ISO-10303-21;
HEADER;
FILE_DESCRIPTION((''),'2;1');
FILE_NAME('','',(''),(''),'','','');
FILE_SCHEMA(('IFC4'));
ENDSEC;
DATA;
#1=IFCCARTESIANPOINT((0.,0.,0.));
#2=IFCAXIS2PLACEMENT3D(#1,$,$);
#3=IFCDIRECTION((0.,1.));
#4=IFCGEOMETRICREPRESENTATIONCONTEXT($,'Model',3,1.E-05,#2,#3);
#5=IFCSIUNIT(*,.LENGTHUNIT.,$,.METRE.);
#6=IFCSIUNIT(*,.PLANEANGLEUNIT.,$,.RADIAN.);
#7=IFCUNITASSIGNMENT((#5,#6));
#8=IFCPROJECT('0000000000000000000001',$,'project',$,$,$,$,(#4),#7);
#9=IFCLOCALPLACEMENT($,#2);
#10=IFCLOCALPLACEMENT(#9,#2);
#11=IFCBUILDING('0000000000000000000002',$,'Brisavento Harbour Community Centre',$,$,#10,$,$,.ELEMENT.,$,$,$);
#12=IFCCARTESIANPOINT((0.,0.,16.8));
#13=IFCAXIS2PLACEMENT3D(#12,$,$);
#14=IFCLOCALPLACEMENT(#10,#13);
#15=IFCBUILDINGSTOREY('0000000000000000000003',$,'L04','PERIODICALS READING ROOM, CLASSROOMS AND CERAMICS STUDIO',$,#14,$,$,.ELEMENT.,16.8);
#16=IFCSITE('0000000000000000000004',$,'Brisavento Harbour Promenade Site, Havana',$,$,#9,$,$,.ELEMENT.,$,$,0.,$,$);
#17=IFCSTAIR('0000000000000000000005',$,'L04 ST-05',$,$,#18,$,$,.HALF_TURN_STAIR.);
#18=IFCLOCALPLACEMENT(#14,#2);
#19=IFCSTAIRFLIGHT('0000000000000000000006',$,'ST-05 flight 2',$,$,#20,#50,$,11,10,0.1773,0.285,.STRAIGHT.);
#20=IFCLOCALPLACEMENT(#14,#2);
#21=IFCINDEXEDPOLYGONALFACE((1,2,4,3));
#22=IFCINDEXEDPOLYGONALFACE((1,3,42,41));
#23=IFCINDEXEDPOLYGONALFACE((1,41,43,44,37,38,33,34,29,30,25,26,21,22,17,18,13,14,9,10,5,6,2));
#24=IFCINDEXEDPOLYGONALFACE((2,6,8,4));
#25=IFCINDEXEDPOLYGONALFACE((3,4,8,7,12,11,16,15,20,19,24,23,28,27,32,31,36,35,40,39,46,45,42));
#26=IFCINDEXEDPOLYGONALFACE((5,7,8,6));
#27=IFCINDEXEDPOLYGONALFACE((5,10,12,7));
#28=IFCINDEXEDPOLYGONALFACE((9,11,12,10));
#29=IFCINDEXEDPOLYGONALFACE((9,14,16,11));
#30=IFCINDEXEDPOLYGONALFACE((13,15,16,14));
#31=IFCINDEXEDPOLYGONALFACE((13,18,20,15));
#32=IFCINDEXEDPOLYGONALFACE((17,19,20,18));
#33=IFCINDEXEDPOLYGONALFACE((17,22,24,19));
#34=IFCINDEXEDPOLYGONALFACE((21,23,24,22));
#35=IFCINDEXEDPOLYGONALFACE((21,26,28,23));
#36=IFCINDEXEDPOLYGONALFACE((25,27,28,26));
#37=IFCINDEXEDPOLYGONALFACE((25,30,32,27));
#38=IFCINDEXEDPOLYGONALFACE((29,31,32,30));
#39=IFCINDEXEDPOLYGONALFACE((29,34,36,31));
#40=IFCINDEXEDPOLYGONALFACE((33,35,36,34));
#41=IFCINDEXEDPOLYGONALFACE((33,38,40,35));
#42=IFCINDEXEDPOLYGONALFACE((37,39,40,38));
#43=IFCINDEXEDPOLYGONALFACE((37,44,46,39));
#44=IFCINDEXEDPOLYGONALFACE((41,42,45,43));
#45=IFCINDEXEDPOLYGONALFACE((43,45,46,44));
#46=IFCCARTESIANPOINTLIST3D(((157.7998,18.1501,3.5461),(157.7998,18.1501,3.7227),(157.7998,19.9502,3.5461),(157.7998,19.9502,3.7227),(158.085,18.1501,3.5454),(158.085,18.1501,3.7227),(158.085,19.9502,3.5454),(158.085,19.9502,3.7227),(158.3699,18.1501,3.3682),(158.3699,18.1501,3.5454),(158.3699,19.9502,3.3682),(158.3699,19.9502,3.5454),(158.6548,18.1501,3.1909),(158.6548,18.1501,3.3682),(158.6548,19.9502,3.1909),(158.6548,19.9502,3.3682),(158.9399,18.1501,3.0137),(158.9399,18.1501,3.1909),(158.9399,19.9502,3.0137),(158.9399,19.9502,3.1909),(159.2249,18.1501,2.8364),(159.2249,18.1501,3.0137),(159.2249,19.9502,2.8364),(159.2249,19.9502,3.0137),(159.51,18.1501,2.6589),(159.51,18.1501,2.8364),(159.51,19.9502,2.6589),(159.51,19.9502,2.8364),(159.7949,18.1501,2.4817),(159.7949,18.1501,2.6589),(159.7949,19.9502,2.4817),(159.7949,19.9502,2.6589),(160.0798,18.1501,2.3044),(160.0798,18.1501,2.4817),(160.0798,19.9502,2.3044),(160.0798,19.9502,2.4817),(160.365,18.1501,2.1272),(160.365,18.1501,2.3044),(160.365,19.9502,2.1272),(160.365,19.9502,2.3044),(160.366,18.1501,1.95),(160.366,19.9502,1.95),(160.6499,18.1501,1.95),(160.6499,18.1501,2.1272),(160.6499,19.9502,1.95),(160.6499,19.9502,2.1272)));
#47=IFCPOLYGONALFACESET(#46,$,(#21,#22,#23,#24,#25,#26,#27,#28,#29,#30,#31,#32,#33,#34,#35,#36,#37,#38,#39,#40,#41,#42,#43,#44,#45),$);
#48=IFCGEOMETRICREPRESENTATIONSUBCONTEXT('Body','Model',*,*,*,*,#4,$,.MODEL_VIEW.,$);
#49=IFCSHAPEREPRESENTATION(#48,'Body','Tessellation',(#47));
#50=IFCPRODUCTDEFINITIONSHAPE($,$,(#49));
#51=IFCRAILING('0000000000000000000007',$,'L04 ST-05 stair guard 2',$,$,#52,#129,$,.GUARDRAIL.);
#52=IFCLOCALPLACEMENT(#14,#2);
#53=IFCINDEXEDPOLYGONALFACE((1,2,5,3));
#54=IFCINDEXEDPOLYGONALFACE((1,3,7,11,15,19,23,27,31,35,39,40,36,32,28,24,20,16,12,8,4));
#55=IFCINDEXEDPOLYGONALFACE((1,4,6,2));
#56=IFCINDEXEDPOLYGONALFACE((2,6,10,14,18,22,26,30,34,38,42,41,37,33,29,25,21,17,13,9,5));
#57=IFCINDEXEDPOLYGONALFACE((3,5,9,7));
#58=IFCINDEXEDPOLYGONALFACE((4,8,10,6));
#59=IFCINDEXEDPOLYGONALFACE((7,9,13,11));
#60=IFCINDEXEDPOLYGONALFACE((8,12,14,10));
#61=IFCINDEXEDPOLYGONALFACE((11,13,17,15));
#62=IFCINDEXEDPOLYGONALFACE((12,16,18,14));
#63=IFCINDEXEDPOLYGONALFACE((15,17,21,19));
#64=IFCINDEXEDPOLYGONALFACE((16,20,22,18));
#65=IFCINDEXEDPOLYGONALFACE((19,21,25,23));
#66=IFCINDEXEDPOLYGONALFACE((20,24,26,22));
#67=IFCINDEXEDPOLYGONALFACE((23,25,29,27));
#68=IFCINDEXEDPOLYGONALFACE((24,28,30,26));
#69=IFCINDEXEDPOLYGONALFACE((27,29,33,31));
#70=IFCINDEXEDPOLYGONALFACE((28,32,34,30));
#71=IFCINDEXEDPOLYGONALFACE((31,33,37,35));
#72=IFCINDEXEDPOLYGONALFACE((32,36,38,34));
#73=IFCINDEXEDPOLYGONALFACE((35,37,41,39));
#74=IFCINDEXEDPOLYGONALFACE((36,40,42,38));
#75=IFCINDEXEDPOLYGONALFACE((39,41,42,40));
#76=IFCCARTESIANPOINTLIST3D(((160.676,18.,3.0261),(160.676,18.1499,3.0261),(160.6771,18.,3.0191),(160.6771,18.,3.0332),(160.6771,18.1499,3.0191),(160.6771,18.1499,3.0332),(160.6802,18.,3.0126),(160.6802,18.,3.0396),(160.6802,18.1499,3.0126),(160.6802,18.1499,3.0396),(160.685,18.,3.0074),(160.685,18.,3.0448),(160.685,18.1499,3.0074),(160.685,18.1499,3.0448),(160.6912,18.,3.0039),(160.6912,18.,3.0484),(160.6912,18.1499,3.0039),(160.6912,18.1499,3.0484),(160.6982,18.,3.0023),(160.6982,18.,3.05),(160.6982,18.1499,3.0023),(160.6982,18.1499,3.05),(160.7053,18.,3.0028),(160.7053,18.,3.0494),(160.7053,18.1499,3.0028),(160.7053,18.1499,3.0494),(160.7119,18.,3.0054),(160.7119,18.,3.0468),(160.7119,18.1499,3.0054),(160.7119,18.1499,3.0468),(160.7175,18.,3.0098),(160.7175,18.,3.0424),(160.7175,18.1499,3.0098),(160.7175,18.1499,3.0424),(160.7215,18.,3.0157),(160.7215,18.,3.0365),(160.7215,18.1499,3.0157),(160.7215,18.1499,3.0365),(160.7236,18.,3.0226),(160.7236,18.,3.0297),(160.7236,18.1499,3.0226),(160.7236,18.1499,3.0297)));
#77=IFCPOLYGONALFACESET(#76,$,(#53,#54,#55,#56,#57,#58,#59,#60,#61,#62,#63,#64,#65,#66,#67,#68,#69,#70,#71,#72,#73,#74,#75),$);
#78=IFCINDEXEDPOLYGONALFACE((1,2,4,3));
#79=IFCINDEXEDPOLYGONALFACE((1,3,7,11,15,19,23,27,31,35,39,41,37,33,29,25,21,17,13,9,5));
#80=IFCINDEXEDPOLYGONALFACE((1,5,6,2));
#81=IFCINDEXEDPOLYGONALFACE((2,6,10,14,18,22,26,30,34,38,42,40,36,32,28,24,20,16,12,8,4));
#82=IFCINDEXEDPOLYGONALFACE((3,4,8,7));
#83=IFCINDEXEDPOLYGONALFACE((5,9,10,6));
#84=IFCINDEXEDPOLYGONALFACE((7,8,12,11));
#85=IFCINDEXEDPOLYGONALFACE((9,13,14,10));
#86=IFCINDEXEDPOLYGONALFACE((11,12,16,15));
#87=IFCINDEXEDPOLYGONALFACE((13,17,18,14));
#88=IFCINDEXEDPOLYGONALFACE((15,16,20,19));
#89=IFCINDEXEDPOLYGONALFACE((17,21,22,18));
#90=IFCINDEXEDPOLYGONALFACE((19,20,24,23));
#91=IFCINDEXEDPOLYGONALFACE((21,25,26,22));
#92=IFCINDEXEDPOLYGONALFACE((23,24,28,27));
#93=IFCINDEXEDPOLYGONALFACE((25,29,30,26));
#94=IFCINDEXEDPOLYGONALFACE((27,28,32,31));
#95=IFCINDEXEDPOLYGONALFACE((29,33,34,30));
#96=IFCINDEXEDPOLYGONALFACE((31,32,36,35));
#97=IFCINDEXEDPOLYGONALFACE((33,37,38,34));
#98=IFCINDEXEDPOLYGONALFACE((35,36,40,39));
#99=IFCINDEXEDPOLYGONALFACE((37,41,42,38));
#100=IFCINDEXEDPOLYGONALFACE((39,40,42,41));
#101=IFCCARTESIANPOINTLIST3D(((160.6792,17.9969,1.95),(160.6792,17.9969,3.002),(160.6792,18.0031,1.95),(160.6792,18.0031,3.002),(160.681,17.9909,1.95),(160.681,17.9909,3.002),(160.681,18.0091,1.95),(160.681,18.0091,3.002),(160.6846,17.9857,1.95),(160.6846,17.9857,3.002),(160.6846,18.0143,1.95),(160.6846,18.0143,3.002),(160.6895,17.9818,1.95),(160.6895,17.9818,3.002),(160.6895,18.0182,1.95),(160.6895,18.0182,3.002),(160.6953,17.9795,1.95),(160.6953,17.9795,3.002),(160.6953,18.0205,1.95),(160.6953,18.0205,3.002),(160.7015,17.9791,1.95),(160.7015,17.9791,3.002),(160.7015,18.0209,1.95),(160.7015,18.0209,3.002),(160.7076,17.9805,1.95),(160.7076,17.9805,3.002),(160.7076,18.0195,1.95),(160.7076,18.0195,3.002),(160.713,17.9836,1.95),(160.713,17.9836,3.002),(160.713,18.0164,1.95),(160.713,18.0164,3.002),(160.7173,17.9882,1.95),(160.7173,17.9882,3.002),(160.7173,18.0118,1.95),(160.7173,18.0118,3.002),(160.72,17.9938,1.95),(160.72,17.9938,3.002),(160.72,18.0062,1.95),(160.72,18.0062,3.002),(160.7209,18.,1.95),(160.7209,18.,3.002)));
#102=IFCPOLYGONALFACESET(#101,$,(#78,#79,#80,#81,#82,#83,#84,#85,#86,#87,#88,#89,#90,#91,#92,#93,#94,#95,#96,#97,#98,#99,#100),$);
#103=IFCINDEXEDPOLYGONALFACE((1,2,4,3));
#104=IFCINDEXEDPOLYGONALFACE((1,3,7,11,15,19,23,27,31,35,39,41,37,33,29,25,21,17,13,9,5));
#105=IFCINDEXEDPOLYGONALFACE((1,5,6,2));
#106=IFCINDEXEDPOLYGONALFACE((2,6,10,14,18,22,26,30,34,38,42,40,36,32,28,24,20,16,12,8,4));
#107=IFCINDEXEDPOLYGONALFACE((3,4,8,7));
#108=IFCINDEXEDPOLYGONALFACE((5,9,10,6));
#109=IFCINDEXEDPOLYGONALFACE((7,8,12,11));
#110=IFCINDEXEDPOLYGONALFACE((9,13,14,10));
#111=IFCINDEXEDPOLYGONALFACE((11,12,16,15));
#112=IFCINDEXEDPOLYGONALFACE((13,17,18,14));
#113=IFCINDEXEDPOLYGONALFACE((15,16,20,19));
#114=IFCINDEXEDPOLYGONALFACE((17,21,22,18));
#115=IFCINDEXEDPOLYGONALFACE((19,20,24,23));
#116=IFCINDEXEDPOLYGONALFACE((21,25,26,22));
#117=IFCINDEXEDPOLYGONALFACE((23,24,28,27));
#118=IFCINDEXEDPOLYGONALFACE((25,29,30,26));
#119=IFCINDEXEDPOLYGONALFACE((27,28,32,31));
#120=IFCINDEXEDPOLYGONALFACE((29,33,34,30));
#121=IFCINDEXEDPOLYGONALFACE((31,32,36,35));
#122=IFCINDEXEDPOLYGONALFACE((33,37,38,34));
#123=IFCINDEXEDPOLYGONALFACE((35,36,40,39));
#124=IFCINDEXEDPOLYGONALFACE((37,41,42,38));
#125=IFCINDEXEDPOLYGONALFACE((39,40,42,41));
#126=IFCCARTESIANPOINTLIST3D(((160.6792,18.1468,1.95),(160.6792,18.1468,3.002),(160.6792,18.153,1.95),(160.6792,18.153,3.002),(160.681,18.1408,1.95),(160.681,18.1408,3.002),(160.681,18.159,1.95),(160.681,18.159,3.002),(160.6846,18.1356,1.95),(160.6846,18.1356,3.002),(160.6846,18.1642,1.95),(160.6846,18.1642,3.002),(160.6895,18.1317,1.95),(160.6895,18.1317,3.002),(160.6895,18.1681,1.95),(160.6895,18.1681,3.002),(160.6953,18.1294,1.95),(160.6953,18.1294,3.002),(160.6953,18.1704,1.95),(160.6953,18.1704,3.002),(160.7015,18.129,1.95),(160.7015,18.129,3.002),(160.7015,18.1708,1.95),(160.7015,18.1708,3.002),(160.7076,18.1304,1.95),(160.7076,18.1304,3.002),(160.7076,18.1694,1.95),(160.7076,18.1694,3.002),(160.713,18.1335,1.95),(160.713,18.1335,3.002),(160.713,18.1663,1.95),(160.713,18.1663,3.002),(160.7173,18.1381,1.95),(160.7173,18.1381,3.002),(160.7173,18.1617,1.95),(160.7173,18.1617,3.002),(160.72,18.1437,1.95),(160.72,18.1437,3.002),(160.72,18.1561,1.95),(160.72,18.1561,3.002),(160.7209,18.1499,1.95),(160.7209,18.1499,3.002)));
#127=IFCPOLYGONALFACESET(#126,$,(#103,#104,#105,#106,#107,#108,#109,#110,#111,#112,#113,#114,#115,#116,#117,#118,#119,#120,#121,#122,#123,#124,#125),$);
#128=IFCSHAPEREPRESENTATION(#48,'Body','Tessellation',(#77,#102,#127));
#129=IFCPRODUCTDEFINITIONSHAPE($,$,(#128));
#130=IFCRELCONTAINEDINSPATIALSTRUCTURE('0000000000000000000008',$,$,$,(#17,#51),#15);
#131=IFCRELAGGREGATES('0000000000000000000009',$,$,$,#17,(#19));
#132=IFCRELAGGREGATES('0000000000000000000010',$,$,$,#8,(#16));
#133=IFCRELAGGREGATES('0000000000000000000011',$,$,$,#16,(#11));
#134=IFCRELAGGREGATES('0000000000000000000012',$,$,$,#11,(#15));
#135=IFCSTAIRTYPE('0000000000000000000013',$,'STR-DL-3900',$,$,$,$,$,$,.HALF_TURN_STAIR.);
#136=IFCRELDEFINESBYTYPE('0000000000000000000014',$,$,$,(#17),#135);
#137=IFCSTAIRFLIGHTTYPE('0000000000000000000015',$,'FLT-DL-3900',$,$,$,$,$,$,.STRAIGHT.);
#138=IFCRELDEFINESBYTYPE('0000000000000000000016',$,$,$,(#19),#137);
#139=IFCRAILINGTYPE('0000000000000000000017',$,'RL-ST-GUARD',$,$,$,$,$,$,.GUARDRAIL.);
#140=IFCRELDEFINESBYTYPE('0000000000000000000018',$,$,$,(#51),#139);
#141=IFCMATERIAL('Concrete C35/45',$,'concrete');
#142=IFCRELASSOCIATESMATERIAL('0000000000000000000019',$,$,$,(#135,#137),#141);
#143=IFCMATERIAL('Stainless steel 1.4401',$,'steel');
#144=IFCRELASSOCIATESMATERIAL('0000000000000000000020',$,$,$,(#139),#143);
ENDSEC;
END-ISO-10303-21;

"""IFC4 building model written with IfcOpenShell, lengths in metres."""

from ifc_helpers import new_model, si_unit, direction, frame, origin, origin_2d, place, context, subcontext, project, spatial, polyline, circle, outline, extrude, material, type_object, element, aggregate, save


model = new_model("IFC4")

# Units and contexts
model_context = context("Model", 3, precision=1e-05, world=origin(), true_north=direction((0.0, 1.0)))
body_context = subcontext(model_context, "Body", "Model", "MODEL_VIEW")
ifc_project = project(units=[si_unit("LENGTHUNIT", "METRE"), si_unit("PLANEANGLEUNIT", "RADIAN")], contexts=[model_context])

# Site, building, storey
site_placement = place(None, origin())
site = spatial("IfcSite", under=ifc_project, at=site_placement, Name="Brisavento Harbour Promenade Site, Havana", CompositionType="ELEMENT", RefElevation=0.0)
building_placement = place(site_placement, origin())
building = spatial("IfcBuilding", under=site, at=building_placement, Name="Brisavento Harbour Community Centre", CompositionType="ELEMENT")
storey_placement = place(building_placement, frame((0.0, 0.0, 16.8)))
storey = spatial("IfcBuildingStorey", under=building, at=storey_placement, Name="L04", Description="PERIODICALS READING ROOM, CLASSROOMS AND CERAMICS STUDIO", CompositionType="ELEMENT", Elevation=16.8)

# Shared definitions
ifc_material_1 = material(Name="Concrete C35/45", Category="concrete")

# Stair, stair flight
stair_type = type_object("IfcStairType", Name="STR-DL-3900", PredefinedType="HALF_TURN_STAIR", material=ifc_material_1)
stair_placement = place(storey_placement, origin())
stair = element("IfcStair", 1, at=stair_placement, inside=storey, type_object=stair_type, Name="L04 ST-05", PredefinedType="HALF_TURN_STAIR")
stair_flight_type = type_object("IfcStairFlightType", Name="FLT-DL-3900", PredefinedType="STRAIGHT", material=ifc_material_1)
stair_flight_placement = place(storey_placement, frame((160.6499, 19.05, 1.95), z_axis=(0.0, 0.0, 1.0), x_axis=(-1.0, 0.0, 0.0)))
stair_flight = element("IfcStairFlight", 2, at=stair_flight_placement, type_object=stair_flight_type, Name="ST-05 flight 2", NumberOfRisers=11, NumberOfTreads=10, PredefinedType="STRAIGHT", RiserHeight=0.1773, TreadLength=0.285, context=body_context, shape_type="SweptSolid", body=[
    extrude(outline(polyline([(0.0, 0.0), (0.0, 0.1772), (0.2849, 0.1772), (0.2849, 0.3545), (0.5701, 0.3545), (0.5701, 0.5317), (0.855, 0.5317), (0.855, 0.709), (1.1399, 0.709), (1.1399, 0.8865), (1.425, 0.8865), (1.425, 1.0637), (1.71, 1.0637), (1.71, 1.241), (1.9951, 1.241), (1.9951, 1.4182), (2.28, 1.4182), (2.28, 1.5955), (2.5649, 1.5955), (2.5649, 1.7727), (2.8501, 1.7727), (2.8501, 1.95), (2.8501, 1.5962), (0.2839, 0.0), (0.0, 0.0)])), frame((0.0, 0.8999, 0.0), z_axis=(0.0, -1.0, 0.0), x_axis=(1.0, 0.0, 0.0)), (0.0, 0.0, 1.0), 1.8),
])
aggregate(stair, [stair_flight])

# Railing
ifc_material_2 = material(Name="Stainless steel 1.4401", Category="steel")
railing_type_1 = type_object("IfcRailingType", Name="RL-ST-GUARD", PredefinedType="GUARDRAIL", material=ifc_material_2)
railing_1_placement = place(storey_placement, frame((160.7, 18.0, 1.95)))
element("IfcRailing", 3, at=railing_1_placement, inside=storey, type_object=railing_type_1, Name="L04 ST-05 stair guard 2", PredefinedType="GUARDRAIL", context=body_context, shape_type="SweptSolid", body=[
    extrude(circle(Radius=0.0239, at=origin_2d()), frame((0.0, 0.0, 1.0762), z_axis=(0.0, 1.0, 0.0), x_axis=(-1.0, 0.0, 0.0)), (0.0, 0.0, 1.0), 0.1499),
    extrude(circle(Radius=0.021, at=origin_2d()), origin(), (0.0, 0.0, 1.0), 1.052),
    extrude(circle(Radius=0.021, at=origin_2d()), frame((0.0, 0.1499, 0.0)), (0.0, 0.0, 1.0), 1.052),
])

save(model, "model.ifc")
